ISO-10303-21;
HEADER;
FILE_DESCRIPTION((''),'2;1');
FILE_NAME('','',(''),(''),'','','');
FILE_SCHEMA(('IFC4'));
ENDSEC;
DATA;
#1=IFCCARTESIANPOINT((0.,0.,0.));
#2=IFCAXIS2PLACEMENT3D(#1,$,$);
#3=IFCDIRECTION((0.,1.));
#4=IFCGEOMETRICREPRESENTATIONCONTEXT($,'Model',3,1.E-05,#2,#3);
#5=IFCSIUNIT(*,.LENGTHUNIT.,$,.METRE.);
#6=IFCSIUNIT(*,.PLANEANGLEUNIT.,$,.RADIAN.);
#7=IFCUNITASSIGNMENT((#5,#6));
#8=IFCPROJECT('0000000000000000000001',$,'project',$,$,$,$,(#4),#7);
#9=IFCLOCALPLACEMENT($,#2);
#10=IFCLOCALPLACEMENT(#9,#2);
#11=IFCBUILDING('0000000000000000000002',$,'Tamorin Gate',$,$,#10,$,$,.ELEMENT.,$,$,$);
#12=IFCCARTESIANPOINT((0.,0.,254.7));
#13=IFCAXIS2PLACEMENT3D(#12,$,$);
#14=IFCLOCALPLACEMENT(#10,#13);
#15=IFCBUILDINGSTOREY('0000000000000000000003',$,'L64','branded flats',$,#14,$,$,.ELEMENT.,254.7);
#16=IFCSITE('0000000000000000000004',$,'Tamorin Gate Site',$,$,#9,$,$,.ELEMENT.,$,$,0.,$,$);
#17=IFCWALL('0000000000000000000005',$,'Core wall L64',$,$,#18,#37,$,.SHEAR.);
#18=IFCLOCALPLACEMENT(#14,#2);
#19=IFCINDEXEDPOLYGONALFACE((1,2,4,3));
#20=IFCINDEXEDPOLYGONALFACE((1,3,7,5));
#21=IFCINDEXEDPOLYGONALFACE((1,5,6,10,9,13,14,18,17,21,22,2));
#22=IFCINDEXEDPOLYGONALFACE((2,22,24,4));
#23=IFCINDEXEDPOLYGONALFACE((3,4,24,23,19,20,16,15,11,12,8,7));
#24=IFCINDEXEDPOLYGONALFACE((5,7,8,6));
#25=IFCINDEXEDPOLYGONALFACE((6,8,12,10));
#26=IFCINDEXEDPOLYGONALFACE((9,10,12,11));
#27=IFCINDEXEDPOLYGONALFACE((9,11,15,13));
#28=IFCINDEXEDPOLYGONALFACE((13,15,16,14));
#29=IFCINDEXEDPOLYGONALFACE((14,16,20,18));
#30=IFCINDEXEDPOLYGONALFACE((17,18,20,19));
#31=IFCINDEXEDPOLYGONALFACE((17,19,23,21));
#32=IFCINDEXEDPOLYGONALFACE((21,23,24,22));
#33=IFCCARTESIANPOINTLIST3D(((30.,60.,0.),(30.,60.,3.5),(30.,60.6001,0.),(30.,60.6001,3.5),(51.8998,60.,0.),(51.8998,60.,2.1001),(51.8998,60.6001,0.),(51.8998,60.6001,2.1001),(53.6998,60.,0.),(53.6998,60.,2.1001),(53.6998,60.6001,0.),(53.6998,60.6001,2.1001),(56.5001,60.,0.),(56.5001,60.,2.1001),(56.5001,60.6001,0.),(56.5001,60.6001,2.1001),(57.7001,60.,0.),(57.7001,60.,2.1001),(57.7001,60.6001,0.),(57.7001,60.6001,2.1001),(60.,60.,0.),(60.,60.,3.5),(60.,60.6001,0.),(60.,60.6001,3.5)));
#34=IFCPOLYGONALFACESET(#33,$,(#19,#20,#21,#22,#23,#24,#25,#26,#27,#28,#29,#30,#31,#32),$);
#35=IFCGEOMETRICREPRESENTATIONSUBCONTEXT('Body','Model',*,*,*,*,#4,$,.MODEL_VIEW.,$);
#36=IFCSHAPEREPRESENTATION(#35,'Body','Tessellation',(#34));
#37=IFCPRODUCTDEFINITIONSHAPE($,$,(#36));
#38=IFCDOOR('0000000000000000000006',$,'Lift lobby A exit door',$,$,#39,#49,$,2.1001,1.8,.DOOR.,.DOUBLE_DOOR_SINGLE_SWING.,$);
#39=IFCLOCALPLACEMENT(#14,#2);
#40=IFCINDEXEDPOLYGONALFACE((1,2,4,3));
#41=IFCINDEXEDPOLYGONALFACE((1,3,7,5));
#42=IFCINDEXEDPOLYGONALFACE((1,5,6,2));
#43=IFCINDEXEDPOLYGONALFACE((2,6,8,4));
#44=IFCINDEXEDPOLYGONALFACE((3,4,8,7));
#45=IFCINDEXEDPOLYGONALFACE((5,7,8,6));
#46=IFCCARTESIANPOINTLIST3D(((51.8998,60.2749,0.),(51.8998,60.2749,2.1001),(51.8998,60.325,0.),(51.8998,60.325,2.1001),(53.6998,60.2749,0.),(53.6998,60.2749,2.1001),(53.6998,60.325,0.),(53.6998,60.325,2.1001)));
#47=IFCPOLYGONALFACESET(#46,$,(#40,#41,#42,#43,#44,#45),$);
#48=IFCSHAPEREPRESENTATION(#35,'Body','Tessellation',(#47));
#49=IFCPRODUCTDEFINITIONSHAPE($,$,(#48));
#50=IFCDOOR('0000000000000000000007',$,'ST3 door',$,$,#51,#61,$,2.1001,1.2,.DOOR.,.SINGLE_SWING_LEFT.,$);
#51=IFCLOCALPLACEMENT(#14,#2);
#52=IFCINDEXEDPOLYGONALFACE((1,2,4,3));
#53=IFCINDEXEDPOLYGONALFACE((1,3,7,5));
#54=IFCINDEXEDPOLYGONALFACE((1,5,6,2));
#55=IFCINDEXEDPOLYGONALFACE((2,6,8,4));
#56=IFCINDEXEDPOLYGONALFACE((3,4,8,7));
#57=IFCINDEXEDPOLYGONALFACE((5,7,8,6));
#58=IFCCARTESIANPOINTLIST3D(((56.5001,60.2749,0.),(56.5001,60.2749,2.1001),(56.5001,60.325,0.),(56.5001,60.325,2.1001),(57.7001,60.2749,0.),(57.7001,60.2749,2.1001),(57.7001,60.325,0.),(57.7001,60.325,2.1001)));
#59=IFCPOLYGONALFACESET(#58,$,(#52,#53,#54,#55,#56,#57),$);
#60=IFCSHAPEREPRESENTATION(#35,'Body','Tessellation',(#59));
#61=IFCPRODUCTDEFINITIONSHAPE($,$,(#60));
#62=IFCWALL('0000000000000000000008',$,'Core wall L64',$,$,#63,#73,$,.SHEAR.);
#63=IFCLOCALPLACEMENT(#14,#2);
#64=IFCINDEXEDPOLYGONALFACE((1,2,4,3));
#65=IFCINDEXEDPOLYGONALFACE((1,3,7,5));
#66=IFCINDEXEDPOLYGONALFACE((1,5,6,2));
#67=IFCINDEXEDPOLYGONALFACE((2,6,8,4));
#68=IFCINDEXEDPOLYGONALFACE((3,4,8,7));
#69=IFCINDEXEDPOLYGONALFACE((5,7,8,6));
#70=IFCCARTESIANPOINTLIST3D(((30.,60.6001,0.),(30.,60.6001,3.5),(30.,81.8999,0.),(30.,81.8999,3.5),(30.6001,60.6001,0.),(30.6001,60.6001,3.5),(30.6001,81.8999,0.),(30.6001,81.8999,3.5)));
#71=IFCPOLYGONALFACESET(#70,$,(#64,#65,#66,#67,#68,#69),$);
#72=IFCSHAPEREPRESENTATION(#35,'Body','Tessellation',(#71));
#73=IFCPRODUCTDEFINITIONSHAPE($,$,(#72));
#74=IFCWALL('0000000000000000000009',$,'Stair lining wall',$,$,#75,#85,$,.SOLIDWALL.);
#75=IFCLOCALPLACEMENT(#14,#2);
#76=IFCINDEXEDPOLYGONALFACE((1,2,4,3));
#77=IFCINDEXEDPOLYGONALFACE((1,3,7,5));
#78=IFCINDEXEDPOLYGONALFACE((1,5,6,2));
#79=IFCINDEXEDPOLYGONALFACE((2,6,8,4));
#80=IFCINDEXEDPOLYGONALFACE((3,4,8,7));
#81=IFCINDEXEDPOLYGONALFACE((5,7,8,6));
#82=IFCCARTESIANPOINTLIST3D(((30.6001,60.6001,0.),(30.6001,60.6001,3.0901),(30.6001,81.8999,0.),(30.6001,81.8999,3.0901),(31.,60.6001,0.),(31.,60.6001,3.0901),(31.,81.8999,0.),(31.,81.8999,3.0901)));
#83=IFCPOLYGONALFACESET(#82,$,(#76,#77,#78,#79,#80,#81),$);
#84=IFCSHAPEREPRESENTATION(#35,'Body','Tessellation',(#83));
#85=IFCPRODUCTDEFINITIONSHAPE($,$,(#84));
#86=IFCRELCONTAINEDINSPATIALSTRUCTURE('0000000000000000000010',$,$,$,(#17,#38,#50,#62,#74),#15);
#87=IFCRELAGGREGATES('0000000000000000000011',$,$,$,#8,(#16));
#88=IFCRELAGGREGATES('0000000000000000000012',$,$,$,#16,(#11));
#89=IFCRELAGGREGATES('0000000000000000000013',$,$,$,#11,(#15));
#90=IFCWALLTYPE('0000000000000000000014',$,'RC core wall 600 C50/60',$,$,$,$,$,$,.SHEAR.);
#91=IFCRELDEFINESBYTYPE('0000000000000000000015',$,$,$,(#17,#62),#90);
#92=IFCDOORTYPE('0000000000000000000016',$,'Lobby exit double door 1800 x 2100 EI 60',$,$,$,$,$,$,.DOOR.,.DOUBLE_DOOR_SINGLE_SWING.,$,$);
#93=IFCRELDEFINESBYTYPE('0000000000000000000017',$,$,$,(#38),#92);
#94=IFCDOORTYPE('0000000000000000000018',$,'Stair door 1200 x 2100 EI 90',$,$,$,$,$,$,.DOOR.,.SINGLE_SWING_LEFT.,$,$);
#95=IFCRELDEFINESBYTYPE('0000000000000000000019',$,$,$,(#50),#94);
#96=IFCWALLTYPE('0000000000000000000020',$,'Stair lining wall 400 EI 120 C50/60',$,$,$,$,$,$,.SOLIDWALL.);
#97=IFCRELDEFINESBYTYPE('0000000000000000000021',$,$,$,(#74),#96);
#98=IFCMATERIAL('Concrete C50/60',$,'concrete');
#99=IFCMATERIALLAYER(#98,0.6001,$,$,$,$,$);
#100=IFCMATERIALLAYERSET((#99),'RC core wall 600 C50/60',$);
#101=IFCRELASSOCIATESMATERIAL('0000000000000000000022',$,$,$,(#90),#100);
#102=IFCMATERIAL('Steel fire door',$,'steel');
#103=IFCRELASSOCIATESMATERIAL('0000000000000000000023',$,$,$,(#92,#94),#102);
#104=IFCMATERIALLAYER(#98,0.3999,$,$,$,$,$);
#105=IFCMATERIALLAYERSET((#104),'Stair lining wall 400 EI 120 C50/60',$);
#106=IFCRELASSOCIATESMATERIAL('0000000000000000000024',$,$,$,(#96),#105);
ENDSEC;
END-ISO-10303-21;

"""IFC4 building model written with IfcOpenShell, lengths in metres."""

from ifc_helpers import new_model, si_unit, direction, frame, frame_2d, origin, place, context, subcontext, project, spatial, rectangle, extrude, material, layer, layer_set, type_object, element, fill, save


model = new_model("IFC4")

# Units and contexts
model_context = context("Model", 3, precision=1e-05, world=origin(), true_north=direction((0.0, 1.0)))
body_context = subcontext(model_context, "Body", "Model", "MODEL_VIEW")
ifc_project = project(units=[si_unit("LENGTHUNIT", "METRE"), si_unit("PLANEANGLEUNIT", "RADIAN")], contexts=[model_context])

# Site, building, storey
site_placement = place(None, origin())
site = spatial("IfcSite", under=ifc_project, at=site_placement, Name="Tamorin Gate Site", CompositionType="ELEMENT", RefElevation=0.0)
building_placement = place(site_placement, origin())
building = spatial("IfcBuilding", under=site, at=building_placement, Name="Tamorin Gate", CompositionType="ELEMENT")
storey_placement = place(building_placement, frame((0.0, 0.0, 254.7)))
storey = spatial("IfcBuildingStorey", under=building, at=storey_placement, Name="L64", Description="branded flats", CompositionType="ELEMENT", Elevation=254.7)

# Shared definitions
ifc_material_1 = material(Name="Concrete C50/60", Category="concrete")

# Wall, openings, doors
ifc_layer_1 = layer(ifc_material_1, 0.6001)
ifc_layer_set_1 = layer_set([ifc_layer_1], Name="RC core wall 600 C50/60")
wall_type_1 = type_object("IfcWallType", Name="RC core wall 600 C50/60", PredefinedType="SHEAR", material=ifc_layer_set_1)
wall_1_placement = place(storey_placement, frame((30.0, 60.3, 0.0), z_axis=(0.0, 0.0, 1.0), x_axis=(1.0, 0.0, 0.0)))
wall_1 = element("IfcWall", 1, at=wall_1_placement, inside=storey, type_object=wall_type_1, Name="Core wall L64", PredefinedType="SHEAR", context=body_context, shape_type="SweptSolid", body=[
    extrude(rectangle(XDim=30.0, YDim=0.6001, at=frame_2d((15.0, 0.0))), origin(), (0.0, 0.0, 1.0), 3.5),
])
opening_1_placement = place(wall_1_placement, frame((21.8999, 0.0, 0.0)))
opening_1 = element("IfcOpeningElement", 2, at=opening_1_placement, cuts=wall_1, PredefinedType="OPENING", context=body_context, shape_type="SweptSolid", body=[
    extrude(rectangle(XDim=1.8, YDim=2.1001, at=frame_2d((0.8999, 1.05))), frame((0.0, 0.3101, 0.0), z_axis=(0.0, -1.0, 0.0), x_axis=(1.0, 0.0, 0.0)), (0.0, 0.0, 1.0), 0.6201),
])
opening_2_placement = place(wall_1_placement, frame((26.5, 0.0, 0.0)))
opening_2 = element("IfcOpeningElement", 3, at=opening_2_placement, cuts=wall_1, PredefinedType="OPENING", context=body_context, shape_type="SweptSolid", body=[
    extrude(rectangle(XDim=1.2, YDim=2.1001, at=frame_2d((0.6001, 1.05))), frame((0.0, 0.3101, 0.0), z_axis=(0.0, -1.0, 0.0), x_axis=(1.0, 0.0, 0.0)), (0.0, 0.0, 1.0), 0.6201),
])
ifc_material_2 = material(Name="Steel fire door", Category="steel")
door_type_1 = type_object("IfcDoorType", Name="Lobby exit double door 1800 x 2100 EI 60", OperationType="DOUBLE_DOOR_SINGLE_SWING", PredefinedType="DOOR", material=ifc_material_2)
door_1_placement = place(opening_1_placement, origin())
door_1 = element("IfcDoor", 4, at=door_1_placement, inside=storey, type_object=door_type_1, Name="Lift lobby A exit door", OperationType="DOUBLE_DOOR_SINGLE_SWING", OverallHeight=2.1001, OverallWidth=1.8, PredefinedType="DOOR", context=body_context, shape_type="SweptSolid", body=[
    extrude(rectangle(XDim=1.8, YDim=2.1001, at=frame_2d((0.8999, 1.05))), frame((0.0, 0.0249, 0.0), z_axis=(0.0, -1.0, 0.0), x_axis=(1.0, 0.0, 0.0)), (0.0, 0.0, 1.0), 0.05),
])
fill(opening_1, door_1)
door_type_2 = type_object("IfcDoorType", Name="Stair door 1200 x 2100 EI 90", OperationType="SINGLE_SWING_LEFT", PredefinedType="DOOR", material=ifc_material_2)
door_2_placement = place(opening_2_placement, origin())
door_2 = element("IfcDoor", 5, at=door_2_placement, inside=storey, type_object=door_type_2, Name="ST3 door", OperationType="SINGLE_SWING_LEFT", OverallHeight=2.1001, OverallWidth=1.2, PredefinedType="DOOR", context=body_context, shape_type="SweptSolid", body=[
    extrude(rectangle(XDim=1.2, YDim=2.1001, at=frame_2d((0.6001, 1.05))), frame((0.0, 0.0249, 0.0), z_axis=(0.0, -1.0, 0.0), x_axis=(1.0, 0.0, 0.0)), (0.0, 0.0, 1.0), 0.05),
])
fill(opening_2, door_2)

# Walls
wall_2_placement = place(storey_placement, frame((30.3, 60.6001, 0.0), z_axis=(0.0, 0.0, 1.0), x_axis=(0.0, 1.0, 0.0)))
element("IfcWall", 6, at=wall_2_placement, inside=storey, type_object=wall_type_1, Name="Core wall L64", PredefinedType="SHEAR", context=body_context, shape_type="SweptSolid", body=[
    extrude(rectangle(XDim=21.2998, YDim=0.6001, at=frame_2d((10.6499, 0.0))), origin(), (0.0, 0.0, 1.0), 3.5),
])
ifc_layer_2 = layer(ifc_material_1, 0.3999)
ifc_layer_set_2 = layer_set([ifc_layer_2], Name="Stair lining wall 400 EI 120 C50/60")
wall_type_2 = type_object("IfcWallType", Name="Stair lining wall 400 EI 120 C50/60", PredefinedType="SOLIDWALL", material=ifc_layer_set_2)
wall_3_placement = place(storey_placement, frame((30.8, 60.6001, 0.0), z_axis=(0.0, 0.0, 1.0), x_axis=(0.0, 1.0, 0.0)))
element("IfcWall", 7, at=wall_3_placement, inside=storey, type_object=wall_type_2, Name="Stair lining wall", PredefinedType="SOLIDWALL", context=body_context, shape_type="SweptSolid", body=[
    extrude(rectangle(XDim=21.2998, YDim=0.3999, at=frame_2d((10.6499, 0.0))), origin(), (0.0, 0.0, 1.0), 3.0901),
])

save(model, "model.ifc")
